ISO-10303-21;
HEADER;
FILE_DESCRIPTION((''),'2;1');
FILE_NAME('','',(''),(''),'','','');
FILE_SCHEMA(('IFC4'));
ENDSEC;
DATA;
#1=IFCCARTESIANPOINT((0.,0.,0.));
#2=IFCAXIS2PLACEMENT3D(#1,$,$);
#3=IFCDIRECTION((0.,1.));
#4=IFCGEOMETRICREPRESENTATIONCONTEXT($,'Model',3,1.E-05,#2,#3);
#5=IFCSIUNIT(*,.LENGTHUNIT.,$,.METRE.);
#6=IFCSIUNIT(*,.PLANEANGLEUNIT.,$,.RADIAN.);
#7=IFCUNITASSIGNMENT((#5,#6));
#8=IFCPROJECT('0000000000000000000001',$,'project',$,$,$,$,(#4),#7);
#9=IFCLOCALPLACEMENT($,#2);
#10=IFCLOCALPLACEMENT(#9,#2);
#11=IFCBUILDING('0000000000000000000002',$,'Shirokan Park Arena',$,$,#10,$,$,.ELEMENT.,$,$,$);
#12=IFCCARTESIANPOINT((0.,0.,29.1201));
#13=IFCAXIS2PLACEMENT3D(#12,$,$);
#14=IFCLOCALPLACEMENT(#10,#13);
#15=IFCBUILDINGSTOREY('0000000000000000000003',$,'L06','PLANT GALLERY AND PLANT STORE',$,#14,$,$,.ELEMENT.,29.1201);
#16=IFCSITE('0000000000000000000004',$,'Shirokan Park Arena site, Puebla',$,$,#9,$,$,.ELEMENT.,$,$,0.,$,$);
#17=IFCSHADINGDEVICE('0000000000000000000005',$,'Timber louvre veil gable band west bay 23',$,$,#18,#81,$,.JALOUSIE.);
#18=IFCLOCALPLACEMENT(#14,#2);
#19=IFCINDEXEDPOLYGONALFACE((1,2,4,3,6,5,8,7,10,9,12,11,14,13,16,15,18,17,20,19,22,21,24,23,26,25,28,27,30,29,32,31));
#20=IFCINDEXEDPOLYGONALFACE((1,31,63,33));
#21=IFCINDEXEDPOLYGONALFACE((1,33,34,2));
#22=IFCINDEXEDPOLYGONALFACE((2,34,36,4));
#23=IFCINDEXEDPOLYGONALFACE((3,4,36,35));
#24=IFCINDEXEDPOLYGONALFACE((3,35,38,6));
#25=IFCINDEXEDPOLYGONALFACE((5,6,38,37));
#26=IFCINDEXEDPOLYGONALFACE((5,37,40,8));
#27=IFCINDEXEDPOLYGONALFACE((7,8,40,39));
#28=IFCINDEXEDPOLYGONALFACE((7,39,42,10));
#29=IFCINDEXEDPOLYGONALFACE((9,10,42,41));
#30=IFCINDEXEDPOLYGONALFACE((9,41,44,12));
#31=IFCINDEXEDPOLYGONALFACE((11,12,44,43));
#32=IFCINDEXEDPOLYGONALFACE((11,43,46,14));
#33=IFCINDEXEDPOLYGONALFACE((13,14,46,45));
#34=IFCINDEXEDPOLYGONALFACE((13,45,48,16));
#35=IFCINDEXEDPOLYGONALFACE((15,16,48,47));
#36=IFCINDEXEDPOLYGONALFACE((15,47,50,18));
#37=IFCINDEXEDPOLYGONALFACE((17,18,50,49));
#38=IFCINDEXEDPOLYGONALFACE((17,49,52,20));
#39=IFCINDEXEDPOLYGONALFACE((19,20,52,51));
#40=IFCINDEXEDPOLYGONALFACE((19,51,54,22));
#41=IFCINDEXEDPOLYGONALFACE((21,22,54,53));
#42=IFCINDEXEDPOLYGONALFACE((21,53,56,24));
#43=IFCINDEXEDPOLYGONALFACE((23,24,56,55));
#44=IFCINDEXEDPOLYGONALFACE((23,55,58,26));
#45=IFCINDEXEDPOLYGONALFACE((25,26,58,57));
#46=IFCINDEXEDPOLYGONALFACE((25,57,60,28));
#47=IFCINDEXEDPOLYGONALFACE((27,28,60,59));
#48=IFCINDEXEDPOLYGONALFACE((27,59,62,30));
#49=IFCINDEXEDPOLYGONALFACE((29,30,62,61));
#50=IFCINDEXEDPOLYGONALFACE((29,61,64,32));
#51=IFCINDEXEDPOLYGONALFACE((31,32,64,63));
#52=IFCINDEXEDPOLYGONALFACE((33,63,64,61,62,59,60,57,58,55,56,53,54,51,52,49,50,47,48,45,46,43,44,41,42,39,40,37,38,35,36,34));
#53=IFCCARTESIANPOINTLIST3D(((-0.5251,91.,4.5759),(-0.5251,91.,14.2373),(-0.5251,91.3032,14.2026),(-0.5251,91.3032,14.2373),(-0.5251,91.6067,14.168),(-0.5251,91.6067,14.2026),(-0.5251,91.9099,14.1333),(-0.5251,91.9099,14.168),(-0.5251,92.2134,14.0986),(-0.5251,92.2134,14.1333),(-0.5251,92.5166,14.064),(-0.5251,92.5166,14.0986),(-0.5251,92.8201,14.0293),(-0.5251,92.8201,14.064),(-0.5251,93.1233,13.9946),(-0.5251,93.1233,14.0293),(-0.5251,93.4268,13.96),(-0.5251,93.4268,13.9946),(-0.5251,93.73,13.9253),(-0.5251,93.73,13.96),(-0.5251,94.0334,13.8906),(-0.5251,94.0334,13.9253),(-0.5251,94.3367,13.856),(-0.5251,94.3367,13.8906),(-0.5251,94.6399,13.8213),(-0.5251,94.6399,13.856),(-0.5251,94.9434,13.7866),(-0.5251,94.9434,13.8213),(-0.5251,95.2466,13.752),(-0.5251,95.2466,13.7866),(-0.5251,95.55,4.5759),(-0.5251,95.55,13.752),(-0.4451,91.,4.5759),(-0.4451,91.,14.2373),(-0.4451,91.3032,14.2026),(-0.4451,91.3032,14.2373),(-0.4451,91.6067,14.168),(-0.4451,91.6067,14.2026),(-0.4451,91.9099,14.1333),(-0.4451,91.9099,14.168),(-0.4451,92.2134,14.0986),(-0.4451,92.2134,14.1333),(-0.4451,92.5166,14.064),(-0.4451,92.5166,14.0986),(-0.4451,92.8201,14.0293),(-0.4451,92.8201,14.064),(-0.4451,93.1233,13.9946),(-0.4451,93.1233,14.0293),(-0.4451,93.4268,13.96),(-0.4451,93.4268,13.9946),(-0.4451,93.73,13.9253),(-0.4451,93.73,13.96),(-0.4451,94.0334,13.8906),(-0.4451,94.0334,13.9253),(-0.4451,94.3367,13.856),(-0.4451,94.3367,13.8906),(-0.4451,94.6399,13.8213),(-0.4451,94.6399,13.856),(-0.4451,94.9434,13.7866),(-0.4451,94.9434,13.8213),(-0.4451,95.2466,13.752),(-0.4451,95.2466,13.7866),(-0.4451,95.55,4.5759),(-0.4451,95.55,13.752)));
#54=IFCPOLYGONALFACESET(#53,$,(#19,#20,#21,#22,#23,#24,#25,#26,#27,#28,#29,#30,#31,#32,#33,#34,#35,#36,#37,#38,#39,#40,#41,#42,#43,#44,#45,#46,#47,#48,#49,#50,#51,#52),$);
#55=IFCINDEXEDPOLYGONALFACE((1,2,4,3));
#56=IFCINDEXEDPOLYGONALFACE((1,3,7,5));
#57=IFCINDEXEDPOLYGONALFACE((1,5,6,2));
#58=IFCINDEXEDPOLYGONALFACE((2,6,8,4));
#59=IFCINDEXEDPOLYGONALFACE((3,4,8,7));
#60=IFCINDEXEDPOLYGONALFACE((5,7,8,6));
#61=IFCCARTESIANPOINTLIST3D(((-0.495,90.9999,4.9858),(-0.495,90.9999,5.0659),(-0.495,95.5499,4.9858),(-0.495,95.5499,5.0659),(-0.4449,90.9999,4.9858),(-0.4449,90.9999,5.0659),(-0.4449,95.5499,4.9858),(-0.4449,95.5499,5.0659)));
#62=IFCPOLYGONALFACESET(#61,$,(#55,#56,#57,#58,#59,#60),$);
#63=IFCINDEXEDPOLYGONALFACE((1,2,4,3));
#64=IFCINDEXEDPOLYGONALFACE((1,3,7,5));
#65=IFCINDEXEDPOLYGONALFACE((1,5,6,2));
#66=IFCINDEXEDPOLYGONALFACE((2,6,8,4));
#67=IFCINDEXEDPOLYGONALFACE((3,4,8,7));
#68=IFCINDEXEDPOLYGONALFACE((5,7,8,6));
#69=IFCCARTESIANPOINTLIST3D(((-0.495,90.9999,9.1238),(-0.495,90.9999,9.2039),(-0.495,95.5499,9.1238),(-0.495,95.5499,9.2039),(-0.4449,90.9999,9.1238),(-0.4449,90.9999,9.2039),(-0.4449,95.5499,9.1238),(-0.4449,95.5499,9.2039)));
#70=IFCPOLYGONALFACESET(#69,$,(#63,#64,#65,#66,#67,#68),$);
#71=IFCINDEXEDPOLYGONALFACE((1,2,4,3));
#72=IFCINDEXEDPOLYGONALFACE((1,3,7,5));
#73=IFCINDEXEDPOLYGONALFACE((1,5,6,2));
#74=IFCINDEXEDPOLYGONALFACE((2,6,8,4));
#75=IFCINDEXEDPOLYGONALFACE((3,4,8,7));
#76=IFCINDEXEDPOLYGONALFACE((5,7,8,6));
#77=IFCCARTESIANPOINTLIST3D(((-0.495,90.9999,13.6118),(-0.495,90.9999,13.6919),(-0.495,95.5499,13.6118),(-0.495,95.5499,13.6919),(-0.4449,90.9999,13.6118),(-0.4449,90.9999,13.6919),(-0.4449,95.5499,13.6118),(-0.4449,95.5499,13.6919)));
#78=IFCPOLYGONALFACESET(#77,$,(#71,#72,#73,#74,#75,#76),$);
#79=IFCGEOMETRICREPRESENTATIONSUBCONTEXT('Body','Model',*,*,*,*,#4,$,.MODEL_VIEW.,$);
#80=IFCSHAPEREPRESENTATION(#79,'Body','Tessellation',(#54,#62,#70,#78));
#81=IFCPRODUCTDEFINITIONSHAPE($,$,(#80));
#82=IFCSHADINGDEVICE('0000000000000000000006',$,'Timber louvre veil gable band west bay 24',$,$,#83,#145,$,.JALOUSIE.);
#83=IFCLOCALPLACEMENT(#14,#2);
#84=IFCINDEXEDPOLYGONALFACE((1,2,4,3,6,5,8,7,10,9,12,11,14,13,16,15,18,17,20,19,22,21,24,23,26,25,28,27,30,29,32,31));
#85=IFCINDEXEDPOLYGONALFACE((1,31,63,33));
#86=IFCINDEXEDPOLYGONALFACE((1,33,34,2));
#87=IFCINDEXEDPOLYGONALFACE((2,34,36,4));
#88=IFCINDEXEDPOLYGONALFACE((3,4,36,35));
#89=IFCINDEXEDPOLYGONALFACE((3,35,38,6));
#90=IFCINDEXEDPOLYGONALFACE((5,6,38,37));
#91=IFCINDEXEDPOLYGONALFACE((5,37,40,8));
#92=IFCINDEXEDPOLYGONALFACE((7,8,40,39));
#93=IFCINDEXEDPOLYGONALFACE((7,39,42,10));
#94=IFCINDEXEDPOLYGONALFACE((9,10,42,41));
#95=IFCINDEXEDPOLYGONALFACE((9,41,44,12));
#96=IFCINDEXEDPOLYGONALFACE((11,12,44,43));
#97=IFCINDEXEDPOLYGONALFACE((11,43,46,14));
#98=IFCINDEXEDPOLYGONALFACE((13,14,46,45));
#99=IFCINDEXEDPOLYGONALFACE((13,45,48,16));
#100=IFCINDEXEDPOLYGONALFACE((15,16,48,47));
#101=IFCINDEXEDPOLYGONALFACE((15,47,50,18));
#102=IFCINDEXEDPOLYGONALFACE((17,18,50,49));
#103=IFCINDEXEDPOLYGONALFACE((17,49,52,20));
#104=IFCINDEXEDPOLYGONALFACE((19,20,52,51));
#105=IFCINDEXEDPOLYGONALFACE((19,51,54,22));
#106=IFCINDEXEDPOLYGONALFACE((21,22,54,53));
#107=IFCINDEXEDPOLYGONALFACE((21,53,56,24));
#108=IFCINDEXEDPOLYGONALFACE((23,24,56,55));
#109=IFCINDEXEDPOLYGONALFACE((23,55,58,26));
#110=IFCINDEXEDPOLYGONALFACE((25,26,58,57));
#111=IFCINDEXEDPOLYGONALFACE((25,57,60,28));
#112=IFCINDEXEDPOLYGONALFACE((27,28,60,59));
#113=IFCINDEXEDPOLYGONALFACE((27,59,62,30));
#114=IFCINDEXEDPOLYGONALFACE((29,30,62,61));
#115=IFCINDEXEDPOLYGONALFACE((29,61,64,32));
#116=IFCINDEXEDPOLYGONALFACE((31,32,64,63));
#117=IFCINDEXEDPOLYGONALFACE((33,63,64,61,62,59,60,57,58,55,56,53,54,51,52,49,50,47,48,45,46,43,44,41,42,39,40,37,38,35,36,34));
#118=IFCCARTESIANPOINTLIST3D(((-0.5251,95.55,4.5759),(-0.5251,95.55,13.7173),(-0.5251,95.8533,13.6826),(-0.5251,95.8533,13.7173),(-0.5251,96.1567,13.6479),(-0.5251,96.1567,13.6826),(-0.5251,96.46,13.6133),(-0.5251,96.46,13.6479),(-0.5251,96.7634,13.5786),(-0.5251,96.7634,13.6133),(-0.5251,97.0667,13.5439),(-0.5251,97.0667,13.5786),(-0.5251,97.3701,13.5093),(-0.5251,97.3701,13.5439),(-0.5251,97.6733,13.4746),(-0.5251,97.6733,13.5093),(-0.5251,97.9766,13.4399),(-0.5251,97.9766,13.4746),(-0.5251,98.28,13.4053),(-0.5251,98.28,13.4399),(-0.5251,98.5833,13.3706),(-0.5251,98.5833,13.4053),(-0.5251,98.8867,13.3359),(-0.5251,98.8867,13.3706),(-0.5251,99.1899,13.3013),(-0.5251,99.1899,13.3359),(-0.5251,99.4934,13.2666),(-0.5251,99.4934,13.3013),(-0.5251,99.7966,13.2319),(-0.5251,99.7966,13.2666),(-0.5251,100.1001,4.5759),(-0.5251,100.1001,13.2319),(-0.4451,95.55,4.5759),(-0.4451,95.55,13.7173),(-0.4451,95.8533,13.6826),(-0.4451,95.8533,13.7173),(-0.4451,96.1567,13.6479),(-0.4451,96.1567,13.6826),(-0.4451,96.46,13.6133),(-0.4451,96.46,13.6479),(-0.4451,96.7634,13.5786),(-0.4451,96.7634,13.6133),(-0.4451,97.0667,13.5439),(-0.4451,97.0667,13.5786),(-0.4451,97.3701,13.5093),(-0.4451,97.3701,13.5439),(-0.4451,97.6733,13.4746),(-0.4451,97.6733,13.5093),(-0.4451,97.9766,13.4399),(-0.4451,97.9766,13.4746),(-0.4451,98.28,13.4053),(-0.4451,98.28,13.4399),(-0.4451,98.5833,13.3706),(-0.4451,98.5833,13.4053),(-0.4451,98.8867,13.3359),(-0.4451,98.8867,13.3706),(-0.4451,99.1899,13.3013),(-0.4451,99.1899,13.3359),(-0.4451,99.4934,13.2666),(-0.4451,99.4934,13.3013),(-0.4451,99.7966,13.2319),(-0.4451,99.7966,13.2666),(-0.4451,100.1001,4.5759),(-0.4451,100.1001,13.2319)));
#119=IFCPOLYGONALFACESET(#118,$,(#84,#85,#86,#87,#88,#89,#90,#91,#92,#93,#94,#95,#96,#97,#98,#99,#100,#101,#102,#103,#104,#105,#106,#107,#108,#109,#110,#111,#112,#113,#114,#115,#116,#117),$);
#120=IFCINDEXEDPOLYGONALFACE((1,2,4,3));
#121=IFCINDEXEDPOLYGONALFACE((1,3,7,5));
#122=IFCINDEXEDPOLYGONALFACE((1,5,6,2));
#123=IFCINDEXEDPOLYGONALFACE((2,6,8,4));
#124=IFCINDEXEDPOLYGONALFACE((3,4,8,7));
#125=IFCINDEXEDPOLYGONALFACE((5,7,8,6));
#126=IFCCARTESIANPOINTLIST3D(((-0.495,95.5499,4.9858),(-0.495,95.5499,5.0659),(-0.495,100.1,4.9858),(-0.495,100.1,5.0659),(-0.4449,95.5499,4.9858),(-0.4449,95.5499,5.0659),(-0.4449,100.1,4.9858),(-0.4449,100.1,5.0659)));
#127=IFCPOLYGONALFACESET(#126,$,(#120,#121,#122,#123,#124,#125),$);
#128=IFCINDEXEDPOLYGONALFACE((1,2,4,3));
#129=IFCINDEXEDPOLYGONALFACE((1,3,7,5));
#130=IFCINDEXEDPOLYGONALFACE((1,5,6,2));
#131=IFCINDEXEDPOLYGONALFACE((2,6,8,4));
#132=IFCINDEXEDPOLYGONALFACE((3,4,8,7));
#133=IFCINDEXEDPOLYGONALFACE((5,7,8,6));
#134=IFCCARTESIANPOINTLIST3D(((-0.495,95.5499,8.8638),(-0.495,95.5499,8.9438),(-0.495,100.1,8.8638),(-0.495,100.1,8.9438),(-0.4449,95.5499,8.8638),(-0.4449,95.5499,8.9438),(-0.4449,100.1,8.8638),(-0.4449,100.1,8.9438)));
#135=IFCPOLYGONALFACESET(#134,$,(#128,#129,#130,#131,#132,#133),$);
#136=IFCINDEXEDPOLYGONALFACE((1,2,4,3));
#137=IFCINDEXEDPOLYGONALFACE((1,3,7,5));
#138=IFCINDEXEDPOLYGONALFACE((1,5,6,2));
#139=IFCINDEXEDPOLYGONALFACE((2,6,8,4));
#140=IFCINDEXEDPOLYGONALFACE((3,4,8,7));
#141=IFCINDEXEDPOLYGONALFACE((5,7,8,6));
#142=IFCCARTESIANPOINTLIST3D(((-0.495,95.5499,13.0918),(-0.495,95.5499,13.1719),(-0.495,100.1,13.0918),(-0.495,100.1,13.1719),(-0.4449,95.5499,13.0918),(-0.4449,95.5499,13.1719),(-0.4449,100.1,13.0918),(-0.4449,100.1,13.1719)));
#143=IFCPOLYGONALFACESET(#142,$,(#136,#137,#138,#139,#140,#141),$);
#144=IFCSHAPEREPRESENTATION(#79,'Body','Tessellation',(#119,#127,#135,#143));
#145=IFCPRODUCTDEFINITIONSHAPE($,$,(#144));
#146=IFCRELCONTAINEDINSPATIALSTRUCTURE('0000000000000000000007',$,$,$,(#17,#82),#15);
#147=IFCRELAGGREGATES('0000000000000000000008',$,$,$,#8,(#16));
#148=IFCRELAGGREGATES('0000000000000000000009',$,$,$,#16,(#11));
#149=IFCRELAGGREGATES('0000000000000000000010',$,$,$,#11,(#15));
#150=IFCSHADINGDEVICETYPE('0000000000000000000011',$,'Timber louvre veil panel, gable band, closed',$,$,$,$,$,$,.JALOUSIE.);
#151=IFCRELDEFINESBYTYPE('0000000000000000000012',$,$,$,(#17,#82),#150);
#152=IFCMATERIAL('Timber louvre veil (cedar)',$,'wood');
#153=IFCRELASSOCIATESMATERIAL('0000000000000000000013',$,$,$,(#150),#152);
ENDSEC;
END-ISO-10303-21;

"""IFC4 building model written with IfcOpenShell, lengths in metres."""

from ifc_helpers import new_model, si_unit, direction, frame, origin, origin_2d, place, context, subcontext, project, spatial, polyline, rectangle, outline, extrude, material, type_object, element, save


model = new_model("IFC4")

# Units and contexts
model_context = context("Model", 3, precision=1e-05, world=origin(), true_north=direction((0.0, 1.0)))
body_context = subcontext(model_context, "Body", "Model", "MODEL_VIEW")
ifc_project = project(units=[si_unit("LENGTHUNIT", "METRE"), si_unit("PLANEANGLEUNIT", "RADIAN")], contexts=[model_context])

# Site, building, storey
site_placement = place(None, origin())
site = spatial("IfcSite", under=ifc_project, at=site_placement, Name="Shirokan Park Arena site, Puebla", CompositionType="ELEMENT", RefElevation=0.0)
building_placement = place(site_placement, origin())
building = spatial("IfcBuilding", under=site, at=building_placement, Name="Shirokan Park Arena", CompositionType="ELEMENT")
storey_placement = place(building_placement, frame((0.0, 0.0, 29.1201)))
storey = spatial("IfcBuildingStorey", under=building, at=storey_placement, Name="L06", Description="PLANT GALLERY AND PLANT STORE", CompositionType="ELEMENT", Elevation=29.1201)

# Shading devices
ifc_material = material(Name="Timber louvre veil (cedar)", Category="wood")
shading_device_type_1 = type_object("IfcShadingDeviceType", Name="Timber louvre veil panel, gable band, closed", PredefinedType="JALOUSIE", material=ifc_material)
shading_device_1_placement = place(storey_placement, origin())
element("IfcShadingDevice", 1, at=shading_device_1_placement, inside=storey, type_object=shading_device_type_1, Name="Timber louvre veil gable band west bay 23", PredefinedType="JALOUSIE", context=body_context, shape_type="SweptSolid", body=[
    extrude(outline(polyline([(95.55, 4.5759), (95.55, 13.752), (95.2466, 13.752), (95.2466, 13.7866), (94.9434, 13.7866), (94.9434, 13.8213), (94.6399, 13.8213), (94.6399, 13.856), (94.3367, 13.856), (94.3367, 13.8906), (94.0334, 13.8906), (94.0334, 13.9253), (93.73, 13.9253), (93.73, 13.96), (93.4268, 13.96), (93.4268, 13.9946), (93.1233, 13.9946), (93.1233, 14.0293), (92.8201, 14.0293), (92.8201, 14.064), (92.5166, 14.064), (92.5166, 14.0986), (92.2134, 14.0986), (92.2134, 14.1333), (91.9099, 14.1333), (91.9099, 14.168), (91.6067, 14.168), (91.6067, 14.2026), (91.3032, 14.2026), (91.3032, 14.2373), (91.0, 14.2373), (91.0, 4.5759), (95.55, 4.5759)])), frame((-0.5251, 0.0, 0.0), z_axis=(1.0, 0.0, 0.0), x_axis=(0.0, 1.0, 0.0)), (0.0, 0.0, 1.0), 0.0801),
    extrude(rectangle(XDim=0.05, YDim=4.55, at=origin_2d()), frame((-0.47, 93.2749, 4.9858), z_axis=(0.0, 0.0, 1.0), x_axis=(1.0, 0.0, 0.0)), (0.0, 0.0, 1.0), 0.0801),
    extrude(rectangle(XDim=0.05, YDim=4.55, at=origin_2d()), frame((-0.47, 93.2749, 9.1238), z_axis=(0.0, 0.0, 1.0), x_axis=(1.0, 0.0, 0.0)), (0.0, 0.0, 1.0), 0.0801),
    extrude(rectangle(XDim=0.05, YDim=4.55, at=origin_2d()), frame((-0.47, 93.2749, 13.6118), z_axis=(0.0, 0.0, 1.0), x_axis=(1.0, 0.0, 0.0)), (0.0, 0.0, 1.0), 0.0801),
])
shading_device_2_placement = place(storey_placement, origin())
element("IfcShadingDevice", 2, at=shading_device_2_placement, inside=storey, type_object=shading_device_type_1, Name="Timber louvre veil gable band west bay 24", PredefinedType="JALOUSIE", context=body_context, shape_type="SweptSolid", body=[
    extrude(outline(polyline([(100.1001, 4.5759), (100.1001, 13.2319), (99.7966, 13.2319), (99.7966, 13.2666), (99.4934, 13.2666), (99.4934, 13.3013), (99.1899, 13.3013), (99.1899, 13.3359), (98.8867, 13.3359), (98.8867, 13.3706), (98.5833, 13.3706), (98.5833, 13.4053), (98.28, 13.4053), (98.28, 13.4399), (97.9766, 13.4399), (97.9766, 13.4746), (97.6733, 13.4746), (97.6733, 13.5093), (97.3701, 13.5093), (97.3701, 13.5439), (97.0667, 13.5439), (97.0667, 13.5786), (96.7634, 13.5786), (96.7634, 13.6133), (96.46, 13.6133), (96.46, 13.6479), (96.1567, 13.6479), (96.1567, 13.6826), (95.8533, 13.6826), (95.8533, 13.7173), (95.55, 13.7173), (95.55, 4.5759), (100.1001, 4.5759)])), frame((-0.5251, 0.0, 0.0), z_axis=(1.0, 0.0, 0.0), x_axis=(0.0, 1.0, 0.0)), (0.0, 0.0, 1.0), 0.0801),
    extrude(rectangle(XDim=0.05, YDim=4.55, at=origin_2d()), frame((-0.47, 97.825, 4.9858), z_axis=(0.0, 0.0, 1.0), x_axis=(1.0, 0.0, 0.0)), (0.0, 0.0, 1.0), 0.0801),
    extrude(rectangle(XDim=0.05, YDim=4.55, at=origin_2d()), frame((-0.47, 97.825, 8.8638), z_axis=(0.0, 0.0, 1.0), x_axis=(1.0, 0.0, 0.0)), (0.0, 0.0, 1.0), 0.0801),
    extrude(rectangle(XDim=0.05, YDim=4.55, at=origin_2d()), frame((-0.47, 97.825, 13.0918), z_axis=(0.0, 0.0, 1.0), x_axis=(1.0, 0.0, 0.0)), (0.0, 0.0, 1.0), 0.0801),
])

save(model, "model.ifc")
